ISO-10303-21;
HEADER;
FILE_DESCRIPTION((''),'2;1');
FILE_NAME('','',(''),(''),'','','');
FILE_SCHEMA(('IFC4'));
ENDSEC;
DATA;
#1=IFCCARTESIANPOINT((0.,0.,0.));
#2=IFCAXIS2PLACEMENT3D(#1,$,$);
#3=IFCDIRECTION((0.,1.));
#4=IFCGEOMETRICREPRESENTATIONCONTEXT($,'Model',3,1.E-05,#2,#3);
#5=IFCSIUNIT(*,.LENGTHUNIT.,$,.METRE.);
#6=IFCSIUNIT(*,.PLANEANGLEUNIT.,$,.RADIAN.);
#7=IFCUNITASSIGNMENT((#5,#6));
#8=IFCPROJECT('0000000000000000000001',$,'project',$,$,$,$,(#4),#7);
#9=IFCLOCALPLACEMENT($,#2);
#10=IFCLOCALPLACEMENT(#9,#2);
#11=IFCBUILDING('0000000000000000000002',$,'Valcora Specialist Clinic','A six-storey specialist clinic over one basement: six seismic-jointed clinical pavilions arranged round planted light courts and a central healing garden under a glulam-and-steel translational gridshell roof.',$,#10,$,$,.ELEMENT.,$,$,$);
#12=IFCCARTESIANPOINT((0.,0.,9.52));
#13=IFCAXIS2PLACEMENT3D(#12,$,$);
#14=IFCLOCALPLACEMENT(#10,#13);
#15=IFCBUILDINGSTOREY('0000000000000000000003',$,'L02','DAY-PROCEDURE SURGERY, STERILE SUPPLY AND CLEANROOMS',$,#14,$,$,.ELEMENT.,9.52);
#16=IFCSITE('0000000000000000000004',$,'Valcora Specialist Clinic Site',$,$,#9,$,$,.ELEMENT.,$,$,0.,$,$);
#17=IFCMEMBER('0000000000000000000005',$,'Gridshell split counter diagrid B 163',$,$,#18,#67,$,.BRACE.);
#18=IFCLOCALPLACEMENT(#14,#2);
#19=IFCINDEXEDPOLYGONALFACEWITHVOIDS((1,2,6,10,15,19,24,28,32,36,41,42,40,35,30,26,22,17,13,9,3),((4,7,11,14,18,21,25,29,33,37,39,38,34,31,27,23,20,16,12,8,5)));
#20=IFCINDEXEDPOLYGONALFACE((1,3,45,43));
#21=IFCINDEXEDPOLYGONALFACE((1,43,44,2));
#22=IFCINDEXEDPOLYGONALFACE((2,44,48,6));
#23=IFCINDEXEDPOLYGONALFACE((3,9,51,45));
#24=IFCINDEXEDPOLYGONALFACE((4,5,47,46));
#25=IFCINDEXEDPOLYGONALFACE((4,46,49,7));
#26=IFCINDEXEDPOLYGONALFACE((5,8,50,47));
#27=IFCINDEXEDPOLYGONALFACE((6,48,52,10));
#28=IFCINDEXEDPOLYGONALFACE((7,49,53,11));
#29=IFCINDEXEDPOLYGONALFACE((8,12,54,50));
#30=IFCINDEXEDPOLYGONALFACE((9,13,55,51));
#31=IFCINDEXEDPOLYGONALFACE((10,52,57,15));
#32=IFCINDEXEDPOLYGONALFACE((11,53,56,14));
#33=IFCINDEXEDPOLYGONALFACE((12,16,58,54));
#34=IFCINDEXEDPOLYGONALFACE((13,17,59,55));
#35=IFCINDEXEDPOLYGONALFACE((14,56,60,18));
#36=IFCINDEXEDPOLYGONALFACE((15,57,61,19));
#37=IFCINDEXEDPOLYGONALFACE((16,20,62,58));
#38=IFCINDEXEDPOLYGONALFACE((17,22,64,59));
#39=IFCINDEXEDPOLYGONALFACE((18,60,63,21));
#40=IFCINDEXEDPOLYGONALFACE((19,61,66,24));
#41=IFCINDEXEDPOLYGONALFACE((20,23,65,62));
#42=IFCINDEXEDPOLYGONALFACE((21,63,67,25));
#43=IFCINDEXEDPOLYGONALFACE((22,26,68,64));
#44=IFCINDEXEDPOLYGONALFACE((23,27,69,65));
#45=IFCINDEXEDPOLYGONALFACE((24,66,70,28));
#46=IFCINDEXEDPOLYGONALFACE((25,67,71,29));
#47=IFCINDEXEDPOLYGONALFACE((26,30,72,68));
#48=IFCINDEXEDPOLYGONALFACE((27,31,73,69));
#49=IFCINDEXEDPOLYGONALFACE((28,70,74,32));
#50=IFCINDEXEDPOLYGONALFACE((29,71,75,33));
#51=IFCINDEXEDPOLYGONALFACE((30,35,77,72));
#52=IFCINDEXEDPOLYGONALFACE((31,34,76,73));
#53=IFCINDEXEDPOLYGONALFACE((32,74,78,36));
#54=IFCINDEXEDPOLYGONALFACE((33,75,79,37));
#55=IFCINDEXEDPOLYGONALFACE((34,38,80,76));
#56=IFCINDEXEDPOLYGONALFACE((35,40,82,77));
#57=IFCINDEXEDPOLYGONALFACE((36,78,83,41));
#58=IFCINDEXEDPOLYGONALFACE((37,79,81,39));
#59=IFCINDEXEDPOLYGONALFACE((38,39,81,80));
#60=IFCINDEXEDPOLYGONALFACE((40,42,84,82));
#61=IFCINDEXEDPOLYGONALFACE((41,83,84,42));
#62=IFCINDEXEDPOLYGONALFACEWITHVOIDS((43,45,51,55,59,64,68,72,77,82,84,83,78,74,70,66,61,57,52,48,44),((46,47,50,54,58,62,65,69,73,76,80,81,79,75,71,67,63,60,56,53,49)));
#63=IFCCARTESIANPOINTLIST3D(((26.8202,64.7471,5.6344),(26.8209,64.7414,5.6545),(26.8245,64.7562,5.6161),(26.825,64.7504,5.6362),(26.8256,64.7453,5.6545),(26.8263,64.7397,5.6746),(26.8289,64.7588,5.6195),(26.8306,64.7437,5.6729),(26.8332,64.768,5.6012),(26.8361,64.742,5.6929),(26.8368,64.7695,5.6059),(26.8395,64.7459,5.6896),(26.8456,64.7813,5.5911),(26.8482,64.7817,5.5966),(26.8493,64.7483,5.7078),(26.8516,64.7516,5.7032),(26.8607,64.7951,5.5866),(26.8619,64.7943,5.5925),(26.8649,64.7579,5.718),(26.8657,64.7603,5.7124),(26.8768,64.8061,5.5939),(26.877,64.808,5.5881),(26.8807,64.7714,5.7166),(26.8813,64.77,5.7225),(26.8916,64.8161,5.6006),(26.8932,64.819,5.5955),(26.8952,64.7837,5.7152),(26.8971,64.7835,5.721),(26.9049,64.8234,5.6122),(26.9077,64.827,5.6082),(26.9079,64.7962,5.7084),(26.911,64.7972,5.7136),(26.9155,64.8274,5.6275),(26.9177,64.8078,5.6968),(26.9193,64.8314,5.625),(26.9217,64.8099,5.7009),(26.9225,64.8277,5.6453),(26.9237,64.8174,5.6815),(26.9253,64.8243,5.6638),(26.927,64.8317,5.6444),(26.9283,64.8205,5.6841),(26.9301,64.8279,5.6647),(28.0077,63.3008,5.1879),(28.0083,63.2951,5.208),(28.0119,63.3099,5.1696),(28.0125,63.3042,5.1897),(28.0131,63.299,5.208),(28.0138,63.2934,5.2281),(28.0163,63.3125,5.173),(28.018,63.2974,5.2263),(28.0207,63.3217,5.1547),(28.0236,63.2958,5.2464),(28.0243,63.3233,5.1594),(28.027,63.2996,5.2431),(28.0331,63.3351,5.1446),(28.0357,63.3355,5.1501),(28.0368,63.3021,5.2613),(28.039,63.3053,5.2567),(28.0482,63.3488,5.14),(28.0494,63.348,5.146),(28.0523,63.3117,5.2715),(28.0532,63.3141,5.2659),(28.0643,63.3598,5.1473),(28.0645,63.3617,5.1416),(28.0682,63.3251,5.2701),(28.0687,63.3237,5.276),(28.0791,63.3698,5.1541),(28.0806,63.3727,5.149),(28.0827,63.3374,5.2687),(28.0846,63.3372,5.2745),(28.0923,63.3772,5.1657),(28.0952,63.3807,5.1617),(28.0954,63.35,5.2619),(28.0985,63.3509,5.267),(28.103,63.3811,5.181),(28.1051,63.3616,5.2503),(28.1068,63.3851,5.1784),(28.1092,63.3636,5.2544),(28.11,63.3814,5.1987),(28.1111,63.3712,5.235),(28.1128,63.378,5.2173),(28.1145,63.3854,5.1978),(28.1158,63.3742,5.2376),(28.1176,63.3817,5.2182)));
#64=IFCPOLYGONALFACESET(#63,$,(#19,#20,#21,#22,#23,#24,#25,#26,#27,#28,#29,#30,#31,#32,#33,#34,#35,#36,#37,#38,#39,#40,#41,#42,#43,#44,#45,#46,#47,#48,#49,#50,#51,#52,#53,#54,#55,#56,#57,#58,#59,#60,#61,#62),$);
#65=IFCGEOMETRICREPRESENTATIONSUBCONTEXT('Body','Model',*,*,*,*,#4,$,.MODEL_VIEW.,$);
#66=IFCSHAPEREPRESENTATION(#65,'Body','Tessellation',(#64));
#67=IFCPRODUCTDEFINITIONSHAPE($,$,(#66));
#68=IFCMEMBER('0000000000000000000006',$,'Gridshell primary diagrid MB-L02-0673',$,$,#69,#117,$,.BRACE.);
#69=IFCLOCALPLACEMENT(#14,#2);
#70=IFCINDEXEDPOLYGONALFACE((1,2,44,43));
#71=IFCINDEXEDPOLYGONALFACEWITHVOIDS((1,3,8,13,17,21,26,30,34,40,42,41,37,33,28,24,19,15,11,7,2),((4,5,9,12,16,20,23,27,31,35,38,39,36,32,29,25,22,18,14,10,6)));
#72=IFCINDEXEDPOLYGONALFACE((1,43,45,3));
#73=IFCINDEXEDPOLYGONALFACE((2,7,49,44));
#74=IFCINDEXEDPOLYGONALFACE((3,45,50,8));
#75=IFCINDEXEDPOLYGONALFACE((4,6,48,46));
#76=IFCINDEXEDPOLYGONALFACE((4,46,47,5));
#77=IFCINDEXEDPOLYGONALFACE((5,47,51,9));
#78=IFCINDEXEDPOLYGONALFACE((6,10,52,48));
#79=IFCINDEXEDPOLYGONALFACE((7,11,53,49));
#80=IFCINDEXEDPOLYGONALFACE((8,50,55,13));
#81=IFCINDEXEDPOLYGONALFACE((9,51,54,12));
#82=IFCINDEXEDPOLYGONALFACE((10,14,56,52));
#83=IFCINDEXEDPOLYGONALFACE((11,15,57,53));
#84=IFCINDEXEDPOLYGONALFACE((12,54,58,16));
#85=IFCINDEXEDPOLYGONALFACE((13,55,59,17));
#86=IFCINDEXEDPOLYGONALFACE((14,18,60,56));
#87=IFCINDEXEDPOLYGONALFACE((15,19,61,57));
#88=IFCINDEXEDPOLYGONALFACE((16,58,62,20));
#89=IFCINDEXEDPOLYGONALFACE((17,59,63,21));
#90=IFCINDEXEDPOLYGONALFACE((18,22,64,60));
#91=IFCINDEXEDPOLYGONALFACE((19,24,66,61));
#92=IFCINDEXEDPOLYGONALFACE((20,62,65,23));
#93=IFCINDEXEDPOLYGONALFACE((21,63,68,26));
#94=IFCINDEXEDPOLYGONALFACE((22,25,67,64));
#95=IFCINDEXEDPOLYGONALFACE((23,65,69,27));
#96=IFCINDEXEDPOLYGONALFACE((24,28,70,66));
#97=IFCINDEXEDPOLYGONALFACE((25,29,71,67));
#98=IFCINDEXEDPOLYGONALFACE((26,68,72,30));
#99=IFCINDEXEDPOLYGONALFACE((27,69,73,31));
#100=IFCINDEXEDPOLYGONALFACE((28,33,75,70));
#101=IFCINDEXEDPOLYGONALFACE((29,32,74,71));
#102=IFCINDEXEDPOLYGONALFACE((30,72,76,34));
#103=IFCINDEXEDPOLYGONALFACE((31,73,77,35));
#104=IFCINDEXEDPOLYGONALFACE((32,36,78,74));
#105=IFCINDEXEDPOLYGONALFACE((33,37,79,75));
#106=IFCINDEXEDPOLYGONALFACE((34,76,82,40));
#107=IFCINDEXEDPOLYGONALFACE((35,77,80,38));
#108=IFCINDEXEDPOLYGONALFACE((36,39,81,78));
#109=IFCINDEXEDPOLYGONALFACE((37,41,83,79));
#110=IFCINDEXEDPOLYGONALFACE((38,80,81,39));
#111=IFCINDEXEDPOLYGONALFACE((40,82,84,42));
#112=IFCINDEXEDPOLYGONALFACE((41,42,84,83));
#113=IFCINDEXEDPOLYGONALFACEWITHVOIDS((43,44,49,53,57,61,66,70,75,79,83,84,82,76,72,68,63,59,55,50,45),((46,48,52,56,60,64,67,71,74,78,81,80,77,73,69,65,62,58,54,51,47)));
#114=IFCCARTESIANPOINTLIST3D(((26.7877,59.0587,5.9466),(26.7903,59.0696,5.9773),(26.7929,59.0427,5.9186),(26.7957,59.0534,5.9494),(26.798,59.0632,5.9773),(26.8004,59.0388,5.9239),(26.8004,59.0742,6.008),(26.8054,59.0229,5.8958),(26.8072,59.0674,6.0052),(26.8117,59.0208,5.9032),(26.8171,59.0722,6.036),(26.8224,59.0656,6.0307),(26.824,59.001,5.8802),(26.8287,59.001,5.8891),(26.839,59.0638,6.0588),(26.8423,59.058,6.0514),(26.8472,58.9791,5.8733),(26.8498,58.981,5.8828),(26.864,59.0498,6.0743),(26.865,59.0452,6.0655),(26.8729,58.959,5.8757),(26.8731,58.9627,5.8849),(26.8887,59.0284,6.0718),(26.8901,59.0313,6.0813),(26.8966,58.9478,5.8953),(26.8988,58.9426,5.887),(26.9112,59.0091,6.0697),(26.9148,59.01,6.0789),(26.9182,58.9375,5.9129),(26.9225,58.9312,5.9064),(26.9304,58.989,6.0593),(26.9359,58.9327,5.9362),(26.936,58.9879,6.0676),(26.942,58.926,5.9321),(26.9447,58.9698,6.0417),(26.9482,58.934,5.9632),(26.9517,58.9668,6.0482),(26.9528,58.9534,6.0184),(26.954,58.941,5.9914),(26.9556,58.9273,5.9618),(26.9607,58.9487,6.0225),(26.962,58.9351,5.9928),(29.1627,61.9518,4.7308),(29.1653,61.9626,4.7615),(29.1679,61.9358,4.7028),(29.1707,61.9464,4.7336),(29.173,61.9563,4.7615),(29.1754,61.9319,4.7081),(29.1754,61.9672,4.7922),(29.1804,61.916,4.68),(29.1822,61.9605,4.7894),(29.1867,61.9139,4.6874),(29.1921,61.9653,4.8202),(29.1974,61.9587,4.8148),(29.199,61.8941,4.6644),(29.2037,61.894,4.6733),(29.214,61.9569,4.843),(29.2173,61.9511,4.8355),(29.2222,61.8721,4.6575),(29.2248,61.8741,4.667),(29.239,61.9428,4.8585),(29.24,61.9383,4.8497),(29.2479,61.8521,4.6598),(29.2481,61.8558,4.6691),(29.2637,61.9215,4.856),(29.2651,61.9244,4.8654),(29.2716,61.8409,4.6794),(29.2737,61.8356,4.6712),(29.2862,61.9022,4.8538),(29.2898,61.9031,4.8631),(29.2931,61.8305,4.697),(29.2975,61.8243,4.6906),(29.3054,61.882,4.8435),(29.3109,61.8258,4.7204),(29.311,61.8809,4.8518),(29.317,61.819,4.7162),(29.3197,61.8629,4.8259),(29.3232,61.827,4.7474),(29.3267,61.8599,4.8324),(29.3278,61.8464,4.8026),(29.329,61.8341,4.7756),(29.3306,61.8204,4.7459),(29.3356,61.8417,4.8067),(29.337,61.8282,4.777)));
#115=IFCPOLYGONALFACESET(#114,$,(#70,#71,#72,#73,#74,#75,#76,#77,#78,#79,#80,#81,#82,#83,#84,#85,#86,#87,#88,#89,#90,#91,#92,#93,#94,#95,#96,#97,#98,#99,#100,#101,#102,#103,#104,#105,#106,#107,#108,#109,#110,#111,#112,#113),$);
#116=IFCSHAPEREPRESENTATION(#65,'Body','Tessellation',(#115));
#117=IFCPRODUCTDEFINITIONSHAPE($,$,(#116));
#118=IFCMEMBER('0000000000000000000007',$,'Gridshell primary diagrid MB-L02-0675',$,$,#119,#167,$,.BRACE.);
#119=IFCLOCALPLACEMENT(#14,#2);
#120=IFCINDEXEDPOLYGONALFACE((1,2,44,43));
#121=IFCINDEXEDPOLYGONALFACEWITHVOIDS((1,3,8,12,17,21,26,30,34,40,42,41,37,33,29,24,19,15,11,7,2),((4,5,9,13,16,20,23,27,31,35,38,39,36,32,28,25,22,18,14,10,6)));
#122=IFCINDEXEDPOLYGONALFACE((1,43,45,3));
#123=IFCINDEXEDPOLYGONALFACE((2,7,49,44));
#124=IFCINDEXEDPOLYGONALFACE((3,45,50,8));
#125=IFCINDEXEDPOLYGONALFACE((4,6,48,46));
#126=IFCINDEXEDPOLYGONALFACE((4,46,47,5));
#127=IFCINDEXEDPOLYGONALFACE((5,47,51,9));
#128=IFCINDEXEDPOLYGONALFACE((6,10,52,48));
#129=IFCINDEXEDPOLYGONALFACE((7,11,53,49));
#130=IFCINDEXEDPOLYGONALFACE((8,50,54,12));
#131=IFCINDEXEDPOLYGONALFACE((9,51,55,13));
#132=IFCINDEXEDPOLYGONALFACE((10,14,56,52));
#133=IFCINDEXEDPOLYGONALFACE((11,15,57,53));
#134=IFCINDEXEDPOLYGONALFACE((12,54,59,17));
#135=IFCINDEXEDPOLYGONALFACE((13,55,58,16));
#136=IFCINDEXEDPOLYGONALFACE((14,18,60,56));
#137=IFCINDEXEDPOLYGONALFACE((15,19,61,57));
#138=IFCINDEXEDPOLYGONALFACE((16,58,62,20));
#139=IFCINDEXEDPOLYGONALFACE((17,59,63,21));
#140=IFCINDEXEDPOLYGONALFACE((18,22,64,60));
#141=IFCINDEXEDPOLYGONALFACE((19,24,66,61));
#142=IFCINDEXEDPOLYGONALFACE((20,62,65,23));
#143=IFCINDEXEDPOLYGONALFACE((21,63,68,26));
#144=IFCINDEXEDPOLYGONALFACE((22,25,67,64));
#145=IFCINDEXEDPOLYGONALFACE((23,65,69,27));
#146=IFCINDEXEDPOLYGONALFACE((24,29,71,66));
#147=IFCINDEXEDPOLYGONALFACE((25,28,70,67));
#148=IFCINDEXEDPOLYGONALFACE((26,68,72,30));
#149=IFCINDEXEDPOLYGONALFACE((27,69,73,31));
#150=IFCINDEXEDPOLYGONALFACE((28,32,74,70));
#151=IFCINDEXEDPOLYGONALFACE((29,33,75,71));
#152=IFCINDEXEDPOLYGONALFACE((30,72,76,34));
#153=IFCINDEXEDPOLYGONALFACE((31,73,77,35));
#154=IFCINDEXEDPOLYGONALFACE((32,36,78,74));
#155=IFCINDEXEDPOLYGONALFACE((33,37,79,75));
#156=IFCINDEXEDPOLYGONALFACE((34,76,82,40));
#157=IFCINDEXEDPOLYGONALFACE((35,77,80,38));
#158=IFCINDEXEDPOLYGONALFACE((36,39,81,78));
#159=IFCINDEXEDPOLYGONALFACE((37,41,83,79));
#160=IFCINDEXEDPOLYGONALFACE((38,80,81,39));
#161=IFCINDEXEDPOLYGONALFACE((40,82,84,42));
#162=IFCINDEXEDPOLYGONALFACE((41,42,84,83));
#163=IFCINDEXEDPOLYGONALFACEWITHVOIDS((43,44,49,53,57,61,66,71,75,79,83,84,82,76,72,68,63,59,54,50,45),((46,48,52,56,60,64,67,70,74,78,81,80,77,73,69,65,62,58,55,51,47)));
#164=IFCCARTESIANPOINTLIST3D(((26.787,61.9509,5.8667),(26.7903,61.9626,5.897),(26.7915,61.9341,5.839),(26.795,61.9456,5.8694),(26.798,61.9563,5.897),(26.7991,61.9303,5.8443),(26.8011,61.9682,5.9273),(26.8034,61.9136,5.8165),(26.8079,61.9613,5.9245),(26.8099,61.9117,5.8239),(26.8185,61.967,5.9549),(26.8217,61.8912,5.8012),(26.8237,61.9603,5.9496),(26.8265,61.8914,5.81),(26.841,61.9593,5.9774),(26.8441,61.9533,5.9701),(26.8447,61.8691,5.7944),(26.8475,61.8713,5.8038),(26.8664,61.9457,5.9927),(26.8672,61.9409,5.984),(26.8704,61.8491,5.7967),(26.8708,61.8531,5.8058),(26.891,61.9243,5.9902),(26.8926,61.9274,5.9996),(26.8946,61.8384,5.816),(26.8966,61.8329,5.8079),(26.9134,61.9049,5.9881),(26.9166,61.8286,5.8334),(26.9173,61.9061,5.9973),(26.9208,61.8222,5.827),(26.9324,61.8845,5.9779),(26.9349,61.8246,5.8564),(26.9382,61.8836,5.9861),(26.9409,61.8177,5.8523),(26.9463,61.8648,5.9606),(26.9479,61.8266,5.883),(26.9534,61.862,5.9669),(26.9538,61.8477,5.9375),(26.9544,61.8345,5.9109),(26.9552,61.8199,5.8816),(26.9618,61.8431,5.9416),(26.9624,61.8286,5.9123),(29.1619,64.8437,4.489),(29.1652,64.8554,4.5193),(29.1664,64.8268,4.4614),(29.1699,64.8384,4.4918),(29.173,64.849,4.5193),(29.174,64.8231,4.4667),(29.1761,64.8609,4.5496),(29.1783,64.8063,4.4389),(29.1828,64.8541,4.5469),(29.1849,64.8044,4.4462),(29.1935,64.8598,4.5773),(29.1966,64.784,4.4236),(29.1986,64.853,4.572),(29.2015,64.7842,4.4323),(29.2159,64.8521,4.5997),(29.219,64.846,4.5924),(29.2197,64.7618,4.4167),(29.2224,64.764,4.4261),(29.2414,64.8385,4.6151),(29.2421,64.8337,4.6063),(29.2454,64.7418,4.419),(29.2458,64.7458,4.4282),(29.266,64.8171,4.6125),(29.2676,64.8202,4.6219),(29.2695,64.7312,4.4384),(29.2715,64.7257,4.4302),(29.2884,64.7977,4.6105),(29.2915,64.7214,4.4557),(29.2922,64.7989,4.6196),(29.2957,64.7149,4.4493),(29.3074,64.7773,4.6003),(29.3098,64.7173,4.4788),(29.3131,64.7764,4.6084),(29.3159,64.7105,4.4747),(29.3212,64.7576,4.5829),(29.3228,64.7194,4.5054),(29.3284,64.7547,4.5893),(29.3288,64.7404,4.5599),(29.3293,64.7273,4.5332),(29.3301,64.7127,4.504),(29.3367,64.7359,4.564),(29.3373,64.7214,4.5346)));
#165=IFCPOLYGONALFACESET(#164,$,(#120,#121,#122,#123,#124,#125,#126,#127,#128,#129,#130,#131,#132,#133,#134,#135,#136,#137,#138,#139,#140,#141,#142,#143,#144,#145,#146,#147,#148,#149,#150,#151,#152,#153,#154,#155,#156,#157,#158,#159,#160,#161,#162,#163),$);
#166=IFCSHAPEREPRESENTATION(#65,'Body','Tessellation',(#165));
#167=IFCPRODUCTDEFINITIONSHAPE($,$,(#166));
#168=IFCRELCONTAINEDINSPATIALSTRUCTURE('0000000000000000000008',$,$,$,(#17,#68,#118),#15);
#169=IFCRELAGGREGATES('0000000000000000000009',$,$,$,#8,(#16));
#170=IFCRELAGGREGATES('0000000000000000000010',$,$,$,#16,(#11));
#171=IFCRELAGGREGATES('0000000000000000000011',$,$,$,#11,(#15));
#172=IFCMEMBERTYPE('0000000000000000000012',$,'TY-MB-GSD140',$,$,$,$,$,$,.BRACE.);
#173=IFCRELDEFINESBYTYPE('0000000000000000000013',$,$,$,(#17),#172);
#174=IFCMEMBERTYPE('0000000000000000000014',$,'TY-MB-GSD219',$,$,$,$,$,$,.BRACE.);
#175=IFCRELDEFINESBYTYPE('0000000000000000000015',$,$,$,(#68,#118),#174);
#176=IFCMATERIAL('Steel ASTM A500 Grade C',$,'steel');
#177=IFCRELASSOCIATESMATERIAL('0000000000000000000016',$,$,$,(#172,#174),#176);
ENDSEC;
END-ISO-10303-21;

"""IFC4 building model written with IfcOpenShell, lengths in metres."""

from ifc_helpers import new_model, si_unit, direction, frame, origin, origin_2d, place, context, subcontext, project, spatial, hollow_circle, extrude, material, material_profile, profile_set, type_object, element, save


model = new_model("IFC4")

# Units and contexts
model_context = context("Model", 3, precision=1e-05, world=origin(), true_north=direction((0.0, 1.0)))
body_context = subcontext(model_context, "Body", "Model", "MODEL_VIEW")
ifc_project = project(units=[si_unit("LENGTHUNIT", "METRE"), si_unit("PLANEANGLEUNIT", "RADIAN")], contexts=[model_context])

# Site, building, storey
site_placement = place(None, origin())
site = spatial("IfcSite", under=ifc_project, at=site_placement, Name="Valcora Specialist Clinic Site", CompositionType="ELEMENT", RefElevation=0.0)
building_placement = place(site_placement, origin())
building = spatial("IfcBuilding", under=site, at=building_placement, Name="Valcora Specialist Clinic", Description="A six-storey specialist clinic over one basement: six seismic-jointed clinical pavilions arranged round planted light courts and a central healing garden under a glulam-and-steel translational gridshell roof.", CompositionType="ELEMENT")
storey_placement = place(building_placement, frame((0.0, 0.0, 9.52)))
storey = spatial("IfcBuildingStorey", under=building, at=storey_placement, Name="L02", Description="DAY-PROCEDURE SURGERY, STERILE SUPPLY AND CLEANROOMS", CompositionType="ELEMENT", Elevation=9.52)

# Members
ifc_material_1 = material(Name="Steel ASTM A500 Grade C", Category="steel")
ifc_material_profile_1 = material_profile(ifc_material_1, hollow_circle(Radius=0.0701, WallThickness=0.0061, at=origin_2d()), Name="ST-CHS-140X6")
ifc_profile_set_1 = profile_set([ifc_material_profile_1], Name="Steel ASTM A500 Grade C")
member_type_1 = type_object("IfcMemberType", Name="TY-MB-GSD140", PredefinedType="BRACE", material=ifc_profile_set_1)
member_1_placement = place(storey_placement, frame((28.0625, 63.3396, 5.208), z_axis=(-0.617243, 0.751758, 0.232101), x_axis=(-0.772863, -0.634572, 0.0)))
element("IfcMember", 1, at=member_1_placement, inside=storey, type_object=member_type_1, Name="Gridshell split counter diagrid B 163", PredefinedType="BRACE", context=body_context, shape_type="SweptSolid", body=[
    extrude(hollow_circle(Radius=0.0701, WallThickness=0.0061, at=origin_2d()), origin(), (0.0, 0.0, 1.0), 1.9238),
])
ifc_material_profile_2 = material_profile(ifc_material_1, hollow_circle(Radius=0.1096, WallThickness=0.01, at=origin_2d()), Name="ST-CHS-219X10")
ifc_profile_set_2 = profile_set([ifc_material_profile_2], Name="Steel ASTM A500 Grade C")
member_type_2 = type_object("IfcMemberType", Name="TY-MB-GSD219", PredefinedType="BRACE", material=ifc_profile_set_2)
member_2_placement = place(storey_placement, frame((26.875, 59.0, 5.9773), z_axis=(0.603471, 0.735108, -0.308932), x_axis=(-0.772916, 0.634508, 0.0)))
element("IfcMember", 2, at=member_2_placement, inside=storey, type_object=member_type_2, Name="Gridshell primary diagrid MB-L02-0673", PredefinedType="BRACE", context=body_context, shape_type="SweptSolid", body=[
    extrude(hollow_circle(Radius=0.1096, WallThickness=0.01, at=origin_2d()), origin(), (0.0, 0.0, 1.0), 3.9355),
])
member_3_placement = place(storey_placement, frame((26.875, 61.8931, 5.897), z_axis=(0.595482, 0.725315, -0.345426), x_axis=(-0.77289, 0.63454, 0.0)))
element("IfcMember", 3, at=member_3_placement, inside=storey, type_object=member_type_2, Name="Gridshell primary diagrid MB-L02-0675", PredefinedType="BRACE", context=body_context, shape_type="SweptSolid", body=[
    extrude(hollow_circle(Radius=0.1096, WallThickness=0.01, at=origin_2d()), origin(), (0.0, 0.0, 1.0), 3.9883),
])

save(model, "model.ifc")
